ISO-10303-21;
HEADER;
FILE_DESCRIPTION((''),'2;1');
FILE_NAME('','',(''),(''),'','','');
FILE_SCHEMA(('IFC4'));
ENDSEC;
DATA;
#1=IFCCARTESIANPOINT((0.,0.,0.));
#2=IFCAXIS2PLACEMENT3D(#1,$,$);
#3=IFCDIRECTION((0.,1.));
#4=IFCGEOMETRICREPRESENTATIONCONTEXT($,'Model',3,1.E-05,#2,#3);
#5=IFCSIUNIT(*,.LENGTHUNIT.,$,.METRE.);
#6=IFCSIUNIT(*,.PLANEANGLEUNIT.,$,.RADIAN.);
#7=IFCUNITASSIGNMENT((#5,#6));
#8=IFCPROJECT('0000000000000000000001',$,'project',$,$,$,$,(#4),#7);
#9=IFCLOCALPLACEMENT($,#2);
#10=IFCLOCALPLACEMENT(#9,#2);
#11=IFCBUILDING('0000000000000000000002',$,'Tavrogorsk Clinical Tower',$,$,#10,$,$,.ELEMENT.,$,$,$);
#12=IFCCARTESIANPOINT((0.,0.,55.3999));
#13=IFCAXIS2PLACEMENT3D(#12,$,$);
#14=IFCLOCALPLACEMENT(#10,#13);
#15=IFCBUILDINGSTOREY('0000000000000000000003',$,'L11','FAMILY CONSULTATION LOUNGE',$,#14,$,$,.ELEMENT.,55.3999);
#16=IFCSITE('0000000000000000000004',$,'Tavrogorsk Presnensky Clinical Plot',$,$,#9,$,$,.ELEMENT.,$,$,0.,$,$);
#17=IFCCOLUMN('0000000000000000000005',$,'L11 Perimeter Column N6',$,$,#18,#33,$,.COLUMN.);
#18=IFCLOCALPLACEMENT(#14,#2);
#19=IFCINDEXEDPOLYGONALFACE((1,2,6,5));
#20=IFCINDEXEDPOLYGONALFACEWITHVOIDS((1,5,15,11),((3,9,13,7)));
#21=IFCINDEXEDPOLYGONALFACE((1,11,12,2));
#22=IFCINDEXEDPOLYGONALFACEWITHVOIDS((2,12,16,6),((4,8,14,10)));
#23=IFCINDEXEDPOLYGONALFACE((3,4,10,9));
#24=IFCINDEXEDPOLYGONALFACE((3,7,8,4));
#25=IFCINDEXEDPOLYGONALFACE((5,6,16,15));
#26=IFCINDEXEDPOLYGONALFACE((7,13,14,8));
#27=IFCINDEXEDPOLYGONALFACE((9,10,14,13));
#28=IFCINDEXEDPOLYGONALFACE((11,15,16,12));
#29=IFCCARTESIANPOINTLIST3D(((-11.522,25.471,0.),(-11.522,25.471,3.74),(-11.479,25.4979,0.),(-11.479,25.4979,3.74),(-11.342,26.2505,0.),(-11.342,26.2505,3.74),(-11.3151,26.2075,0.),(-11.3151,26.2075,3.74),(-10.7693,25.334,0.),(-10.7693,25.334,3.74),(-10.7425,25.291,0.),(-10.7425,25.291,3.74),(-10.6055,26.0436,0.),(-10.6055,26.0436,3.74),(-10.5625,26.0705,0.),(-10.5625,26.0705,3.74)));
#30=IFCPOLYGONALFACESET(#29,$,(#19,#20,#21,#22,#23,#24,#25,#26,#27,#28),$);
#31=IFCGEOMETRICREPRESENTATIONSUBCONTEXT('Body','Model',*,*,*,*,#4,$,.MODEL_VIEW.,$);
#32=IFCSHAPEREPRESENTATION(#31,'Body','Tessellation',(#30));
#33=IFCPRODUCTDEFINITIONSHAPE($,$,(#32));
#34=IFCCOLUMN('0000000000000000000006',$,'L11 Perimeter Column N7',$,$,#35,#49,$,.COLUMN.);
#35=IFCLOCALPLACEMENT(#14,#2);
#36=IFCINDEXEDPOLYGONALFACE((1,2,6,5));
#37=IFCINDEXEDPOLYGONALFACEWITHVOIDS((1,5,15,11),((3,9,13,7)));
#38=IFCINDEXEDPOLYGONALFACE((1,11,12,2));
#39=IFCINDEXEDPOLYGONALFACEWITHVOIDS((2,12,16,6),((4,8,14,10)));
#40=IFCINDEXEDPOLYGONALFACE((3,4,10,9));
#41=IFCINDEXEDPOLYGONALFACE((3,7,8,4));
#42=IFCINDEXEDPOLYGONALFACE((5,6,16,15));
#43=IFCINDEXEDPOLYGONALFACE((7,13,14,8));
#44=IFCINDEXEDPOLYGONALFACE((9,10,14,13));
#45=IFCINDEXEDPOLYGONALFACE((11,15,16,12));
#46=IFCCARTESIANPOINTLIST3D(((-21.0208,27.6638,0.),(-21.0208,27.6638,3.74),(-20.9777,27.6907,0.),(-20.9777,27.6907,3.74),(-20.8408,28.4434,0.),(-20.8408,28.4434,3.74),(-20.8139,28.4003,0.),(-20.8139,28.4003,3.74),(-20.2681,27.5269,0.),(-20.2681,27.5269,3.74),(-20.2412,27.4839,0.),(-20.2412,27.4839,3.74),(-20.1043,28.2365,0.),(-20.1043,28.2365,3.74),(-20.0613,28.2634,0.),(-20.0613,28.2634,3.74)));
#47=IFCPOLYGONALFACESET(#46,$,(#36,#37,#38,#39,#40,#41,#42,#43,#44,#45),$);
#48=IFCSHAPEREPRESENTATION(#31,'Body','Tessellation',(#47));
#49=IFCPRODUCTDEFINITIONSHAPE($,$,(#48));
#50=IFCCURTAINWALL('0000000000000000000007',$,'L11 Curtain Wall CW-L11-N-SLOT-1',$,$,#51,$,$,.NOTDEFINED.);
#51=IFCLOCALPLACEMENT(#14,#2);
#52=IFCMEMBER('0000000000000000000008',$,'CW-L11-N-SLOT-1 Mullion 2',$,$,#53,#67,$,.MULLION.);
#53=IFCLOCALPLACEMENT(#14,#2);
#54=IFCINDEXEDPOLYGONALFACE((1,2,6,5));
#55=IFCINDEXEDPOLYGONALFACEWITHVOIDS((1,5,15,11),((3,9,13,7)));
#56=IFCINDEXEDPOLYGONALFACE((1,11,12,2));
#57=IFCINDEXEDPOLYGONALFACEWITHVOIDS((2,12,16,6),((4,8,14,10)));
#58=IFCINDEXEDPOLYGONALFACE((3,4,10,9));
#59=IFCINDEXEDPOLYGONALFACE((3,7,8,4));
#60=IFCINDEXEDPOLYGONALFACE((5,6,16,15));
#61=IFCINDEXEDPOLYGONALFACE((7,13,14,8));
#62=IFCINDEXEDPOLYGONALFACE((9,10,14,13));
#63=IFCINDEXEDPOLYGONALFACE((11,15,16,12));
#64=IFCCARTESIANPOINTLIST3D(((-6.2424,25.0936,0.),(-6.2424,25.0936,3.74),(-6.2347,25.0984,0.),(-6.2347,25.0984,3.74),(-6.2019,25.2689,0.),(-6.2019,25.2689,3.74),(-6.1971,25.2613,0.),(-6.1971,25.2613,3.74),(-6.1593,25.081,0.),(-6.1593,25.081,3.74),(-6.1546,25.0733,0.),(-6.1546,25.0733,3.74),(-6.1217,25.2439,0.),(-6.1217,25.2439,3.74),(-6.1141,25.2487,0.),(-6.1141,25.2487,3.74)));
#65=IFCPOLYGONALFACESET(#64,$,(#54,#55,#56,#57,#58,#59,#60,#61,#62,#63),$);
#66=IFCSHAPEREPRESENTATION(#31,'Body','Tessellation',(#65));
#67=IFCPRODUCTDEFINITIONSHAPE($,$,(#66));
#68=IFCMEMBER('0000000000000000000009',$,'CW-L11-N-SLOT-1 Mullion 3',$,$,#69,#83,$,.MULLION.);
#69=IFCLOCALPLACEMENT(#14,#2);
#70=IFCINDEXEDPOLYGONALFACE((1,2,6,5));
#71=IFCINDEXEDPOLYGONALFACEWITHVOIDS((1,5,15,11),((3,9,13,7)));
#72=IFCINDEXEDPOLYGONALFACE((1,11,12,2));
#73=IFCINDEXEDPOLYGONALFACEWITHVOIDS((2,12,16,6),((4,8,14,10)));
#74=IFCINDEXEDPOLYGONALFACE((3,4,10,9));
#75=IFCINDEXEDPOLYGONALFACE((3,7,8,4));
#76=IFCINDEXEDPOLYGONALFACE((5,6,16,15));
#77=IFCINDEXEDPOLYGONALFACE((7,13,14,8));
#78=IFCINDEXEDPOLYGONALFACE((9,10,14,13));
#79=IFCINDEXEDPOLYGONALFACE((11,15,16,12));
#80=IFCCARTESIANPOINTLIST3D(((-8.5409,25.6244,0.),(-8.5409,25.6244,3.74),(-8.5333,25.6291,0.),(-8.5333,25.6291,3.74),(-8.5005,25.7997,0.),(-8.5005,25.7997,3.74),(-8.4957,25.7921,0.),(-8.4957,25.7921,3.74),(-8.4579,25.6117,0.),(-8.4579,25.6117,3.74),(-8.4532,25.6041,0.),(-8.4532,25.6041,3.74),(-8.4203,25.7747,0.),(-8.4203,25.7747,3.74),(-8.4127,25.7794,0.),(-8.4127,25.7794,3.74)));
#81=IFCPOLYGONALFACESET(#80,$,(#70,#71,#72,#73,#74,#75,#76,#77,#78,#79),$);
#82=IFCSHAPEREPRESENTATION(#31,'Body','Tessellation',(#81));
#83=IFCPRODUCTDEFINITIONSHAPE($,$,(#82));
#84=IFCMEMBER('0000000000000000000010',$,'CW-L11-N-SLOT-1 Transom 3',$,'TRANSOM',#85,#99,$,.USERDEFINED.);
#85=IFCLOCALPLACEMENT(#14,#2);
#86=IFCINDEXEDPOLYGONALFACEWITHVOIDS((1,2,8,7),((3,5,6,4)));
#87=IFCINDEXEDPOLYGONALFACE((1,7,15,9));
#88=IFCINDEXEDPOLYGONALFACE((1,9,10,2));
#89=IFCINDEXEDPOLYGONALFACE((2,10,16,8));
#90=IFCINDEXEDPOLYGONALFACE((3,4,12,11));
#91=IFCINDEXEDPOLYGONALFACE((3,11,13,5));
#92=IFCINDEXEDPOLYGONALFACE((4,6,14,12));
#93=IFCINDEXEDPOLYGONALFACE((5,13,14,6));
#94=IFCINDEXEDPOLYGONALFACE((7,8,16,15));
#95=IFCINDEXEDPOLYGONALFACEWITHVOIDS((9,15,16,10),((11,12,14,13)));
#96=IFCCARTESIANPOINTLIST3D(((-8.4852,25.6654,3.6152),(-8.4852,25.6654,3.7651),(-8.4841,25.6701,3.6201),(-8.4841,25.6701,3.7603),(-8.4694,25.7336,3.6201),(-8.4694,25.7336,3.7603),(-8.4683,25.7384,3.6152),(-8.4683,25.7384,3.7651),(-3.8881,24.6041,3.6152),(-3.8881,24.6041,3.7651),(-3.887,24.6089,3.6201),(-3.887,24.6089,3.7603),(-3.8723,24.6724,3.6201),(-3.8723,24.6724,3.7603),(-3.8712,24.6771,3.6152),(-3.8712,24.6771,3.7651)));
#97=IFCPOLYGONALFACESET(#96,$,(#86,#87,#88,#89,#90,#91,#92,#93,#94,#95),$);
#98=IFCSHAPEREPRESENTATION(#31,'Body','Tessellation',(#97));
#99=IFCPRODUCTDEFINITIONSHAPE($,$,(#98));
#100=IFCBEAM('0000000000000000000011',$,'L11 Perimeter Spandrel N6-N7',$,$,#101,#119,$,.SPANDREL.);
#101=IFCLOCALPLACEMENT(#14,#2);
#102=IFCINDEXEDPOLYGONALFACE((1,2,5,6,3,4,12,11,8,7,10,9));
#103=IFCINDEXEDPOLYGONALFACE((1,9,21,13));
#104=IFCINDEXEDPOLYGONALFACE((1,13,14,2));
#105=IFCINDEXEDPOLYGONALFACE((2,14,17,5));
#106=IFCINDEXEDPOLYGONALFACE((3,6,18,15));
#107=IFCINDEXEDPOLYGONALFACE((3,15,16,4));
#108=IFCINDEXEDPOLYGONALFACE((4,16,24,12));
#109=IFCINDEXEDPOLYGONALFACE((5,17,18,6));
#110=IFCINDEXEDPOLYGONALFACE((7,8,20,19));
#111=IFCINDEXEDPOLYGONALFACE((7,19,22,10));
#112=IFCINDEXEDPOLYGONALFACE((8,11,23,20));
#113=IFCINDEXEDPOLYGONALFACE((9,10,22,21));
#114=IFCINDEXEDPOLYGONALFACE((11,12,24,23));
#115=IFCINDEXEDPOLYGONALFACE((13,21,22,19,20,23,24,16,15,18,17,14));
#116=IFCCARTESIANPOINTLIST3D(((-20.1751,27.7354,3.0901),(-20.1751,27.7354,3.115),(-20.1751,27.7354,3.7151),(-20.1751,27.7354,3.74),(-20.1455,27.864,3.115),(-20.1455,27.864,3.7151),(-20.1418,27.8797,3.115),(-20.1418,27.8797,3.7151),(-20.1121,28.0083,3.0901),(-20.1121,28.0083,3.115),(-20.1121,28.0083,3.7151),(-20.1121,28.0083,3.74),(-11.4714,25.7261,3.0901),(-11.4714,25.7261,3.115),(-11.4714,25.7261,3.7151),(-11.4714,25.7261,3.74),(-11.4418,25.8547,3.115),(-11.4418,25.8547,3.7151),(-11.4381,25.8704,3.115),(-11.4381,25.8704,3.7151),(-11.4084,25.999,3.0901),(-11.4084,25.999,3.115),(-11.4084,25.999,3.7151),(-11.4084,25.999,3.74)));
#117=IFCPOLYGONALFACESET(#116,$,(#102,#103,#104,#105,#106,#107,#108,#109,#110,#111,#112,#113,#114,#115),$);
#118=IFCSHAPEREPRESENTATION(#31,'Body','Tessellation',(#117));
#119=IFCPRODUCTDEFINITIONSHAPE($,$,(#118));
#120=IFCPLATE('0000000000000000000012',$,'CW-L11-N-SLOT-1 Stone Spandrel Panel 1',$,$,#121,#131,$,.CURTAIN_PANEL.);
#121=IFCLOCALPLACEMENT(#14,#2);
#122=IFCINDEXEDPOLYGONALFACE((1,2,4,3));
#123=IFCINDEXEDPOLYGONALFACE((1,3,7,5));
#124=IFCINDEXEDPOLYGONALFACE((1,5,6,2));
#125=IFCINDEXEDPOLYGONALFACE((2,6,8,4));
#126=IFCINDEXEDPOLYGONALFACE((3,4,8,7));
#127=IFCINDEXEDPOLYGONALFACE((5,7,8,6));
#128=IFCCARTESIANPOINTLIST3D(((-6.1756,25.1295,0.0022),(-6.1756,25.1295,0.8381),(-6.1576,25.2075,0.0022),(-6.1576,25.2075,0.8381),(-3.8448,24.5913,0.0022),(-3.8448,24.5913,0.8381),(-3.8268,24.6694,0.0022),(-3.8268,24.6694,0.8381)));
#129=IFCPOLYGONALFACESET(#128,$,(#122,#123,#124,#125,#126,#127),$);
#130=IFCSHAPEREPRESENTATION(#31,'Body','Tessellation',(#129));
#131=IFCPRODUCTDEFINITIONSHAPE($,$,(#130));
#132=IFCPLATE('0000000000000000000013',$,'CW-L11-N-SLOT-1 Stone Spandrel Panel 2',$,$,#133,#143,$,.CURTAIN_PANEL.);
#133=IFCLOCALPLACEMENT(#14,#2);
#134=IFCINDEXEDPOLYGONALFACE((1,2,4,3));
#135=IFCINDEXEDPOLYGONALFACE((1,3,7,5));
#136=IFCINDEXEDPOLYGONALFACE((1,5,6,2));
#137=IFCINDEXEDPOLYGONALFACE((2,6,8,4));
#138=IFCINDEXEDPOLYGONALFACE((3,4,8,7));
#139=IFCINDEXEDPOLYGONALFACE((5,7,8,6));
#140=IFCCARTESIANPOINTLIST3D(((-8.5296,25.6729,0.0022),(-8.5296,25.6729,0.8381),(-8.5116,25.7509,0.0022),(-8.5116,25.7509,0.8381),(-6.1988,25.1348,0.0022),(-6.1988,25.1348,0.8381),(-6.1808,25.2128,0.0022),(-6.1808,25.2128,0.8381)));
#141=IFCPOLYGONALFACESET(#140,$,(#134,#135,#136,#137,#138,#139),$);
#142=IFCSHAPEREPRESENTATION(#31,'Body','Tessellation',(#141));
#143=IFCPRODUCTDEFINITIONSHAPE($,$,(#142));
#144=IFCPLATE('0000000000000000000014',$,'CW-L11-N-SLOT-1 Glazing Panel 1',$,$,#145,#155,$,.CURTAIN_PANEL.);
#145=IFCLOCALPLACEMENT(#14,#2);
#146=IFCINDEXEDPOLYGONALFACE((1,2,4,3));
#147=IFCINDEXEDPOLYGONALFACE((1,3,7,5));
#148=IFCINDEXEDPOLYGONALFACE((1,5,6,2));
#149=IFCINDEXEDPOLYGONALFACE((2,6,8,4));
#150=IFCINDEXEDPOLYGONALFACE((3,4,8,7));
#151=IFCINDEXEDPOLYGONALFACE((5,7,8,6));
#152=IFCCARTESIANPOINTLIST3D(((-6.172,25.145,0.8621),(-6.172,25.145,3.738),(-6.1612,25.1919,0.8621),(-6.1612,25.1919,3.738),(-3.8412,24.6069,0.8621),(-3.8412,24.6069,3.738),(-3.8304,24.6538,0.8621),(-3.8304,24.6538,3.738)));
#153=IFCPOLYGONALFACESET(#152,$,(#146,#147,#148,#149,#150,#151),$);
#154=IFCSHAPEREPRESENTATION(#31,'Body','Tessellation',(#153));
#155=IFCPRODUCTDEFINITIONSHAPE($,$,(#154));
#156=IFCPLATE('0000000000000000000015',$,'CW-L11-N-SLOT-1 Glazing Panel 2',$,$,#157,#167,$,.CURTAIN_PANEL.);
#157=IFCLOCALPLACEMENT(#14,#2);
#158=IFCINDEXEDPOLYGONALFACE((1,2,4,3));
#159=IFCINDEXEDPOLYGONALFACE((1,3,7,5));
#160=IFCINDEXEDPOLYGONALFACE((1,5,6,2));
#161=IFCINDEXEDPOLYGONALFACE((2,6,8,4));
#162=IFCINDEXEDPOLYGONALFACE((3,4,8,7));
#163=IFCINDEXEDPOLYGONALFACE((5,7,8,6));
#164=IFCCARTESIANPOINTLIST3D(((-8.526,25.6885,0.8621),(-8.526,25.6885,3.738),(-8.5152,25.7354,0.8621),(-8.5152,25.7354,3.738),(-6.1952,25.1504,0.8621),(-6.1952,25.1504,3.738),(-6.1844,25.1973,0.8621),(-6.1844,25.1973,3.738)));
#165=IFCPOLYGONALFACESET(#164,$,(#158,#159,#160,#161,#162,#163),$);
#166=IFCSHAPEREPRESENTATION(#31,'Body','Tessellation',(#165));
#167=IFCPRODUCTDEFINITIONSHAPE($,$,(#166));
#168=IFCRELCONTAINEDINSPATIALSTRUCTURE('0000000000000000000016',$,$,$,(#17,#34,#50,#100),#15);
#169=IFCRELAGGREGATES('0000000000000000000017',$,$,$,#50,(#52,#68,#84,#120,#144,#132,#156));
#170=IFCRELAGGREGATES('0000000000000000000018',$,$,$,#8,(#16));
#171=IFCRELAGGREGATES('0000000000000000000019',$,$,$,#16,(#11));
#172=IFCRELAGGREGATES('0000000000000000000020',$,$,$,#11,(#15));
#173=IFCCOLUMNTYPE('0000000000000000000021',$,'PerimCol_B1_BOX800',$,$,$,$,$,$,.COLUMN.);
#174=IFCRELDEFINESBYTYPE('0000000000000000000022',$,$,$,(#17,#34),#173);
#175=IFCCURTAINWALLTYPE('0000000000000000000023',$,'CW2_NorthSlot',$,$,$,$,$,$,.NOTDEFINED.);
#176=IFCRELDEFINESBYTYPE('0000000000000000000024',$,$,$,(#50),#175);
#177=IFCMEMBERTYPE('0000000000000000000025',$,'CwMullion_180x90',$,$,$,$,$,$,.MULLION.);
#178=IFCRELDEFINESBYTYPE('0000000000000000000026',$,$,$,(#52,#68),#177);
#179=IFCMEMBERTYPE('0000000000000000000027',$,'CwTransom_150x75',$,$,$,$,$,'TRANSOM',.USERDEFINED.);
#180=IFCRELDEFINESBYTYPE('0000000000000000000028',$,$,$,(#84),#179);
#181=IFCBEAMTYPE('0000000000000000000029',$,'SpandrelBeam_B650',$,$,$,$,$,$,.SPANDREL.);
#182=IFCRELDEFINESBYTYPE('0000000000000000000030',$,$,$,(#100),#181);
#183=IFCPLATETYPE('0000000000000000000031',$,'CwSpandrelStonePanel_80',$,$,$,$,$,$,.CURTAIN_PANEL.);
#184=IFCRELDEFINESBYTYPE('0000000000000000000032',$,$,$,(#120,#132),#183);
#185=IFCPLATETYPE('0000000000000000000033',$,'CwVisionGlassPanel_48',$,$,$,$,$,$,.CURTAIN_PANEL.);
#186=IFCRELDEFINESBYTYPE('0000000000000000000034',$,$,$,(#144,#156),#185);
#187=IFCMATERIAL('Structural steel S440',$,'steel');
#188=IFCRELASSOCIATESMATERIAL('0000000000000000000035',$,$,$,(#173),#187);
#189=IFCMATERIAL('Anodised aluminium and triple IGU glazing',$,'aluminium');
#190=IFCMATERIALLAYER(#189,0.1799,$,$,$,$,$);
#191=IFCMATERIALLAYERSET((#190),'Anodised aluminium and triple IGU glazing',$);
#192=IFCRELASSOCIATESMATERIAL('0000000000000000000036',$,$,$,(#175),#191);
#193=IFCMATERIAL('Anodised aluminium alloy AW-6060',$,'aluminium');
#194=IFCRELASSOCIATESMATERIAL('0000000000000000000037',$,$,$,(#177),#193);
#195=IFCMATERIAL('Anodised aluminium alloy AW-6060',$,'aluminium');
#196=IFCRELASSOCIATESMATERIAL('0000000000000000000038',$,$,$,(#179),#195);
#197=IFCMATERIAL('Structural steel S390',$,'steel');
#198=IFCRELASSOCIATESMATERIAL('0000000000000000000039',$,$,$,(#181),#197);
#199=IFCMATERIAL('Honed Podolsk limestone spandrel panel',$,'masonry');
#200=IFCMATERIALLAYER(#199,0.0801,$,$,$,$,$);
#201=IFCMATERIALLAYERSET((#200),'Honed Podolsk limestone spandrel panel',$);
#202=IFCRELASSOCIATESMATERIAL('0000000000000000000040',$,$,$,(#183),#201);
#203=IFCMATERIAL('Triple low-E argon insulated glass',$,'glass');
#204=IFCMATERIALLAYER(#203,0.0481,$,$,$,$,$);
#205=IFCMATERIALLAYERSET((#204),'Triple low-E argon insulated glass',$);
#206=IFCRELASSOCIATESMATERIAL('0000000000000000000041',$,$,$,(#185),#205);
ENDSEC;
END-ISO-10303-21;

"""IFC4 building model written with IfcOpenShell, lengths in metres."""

from ifc_helpers import new_model, si_unit, direction, frame, origin, origin_2d, place, context, subcontext, project, spatial, rectangle, hollow_rectangle, i_section, extrude, material, layer, layer_set, material_profile, profile_set, type_object, element, aggregate, save


model = new_model("IFC4")

# Units and contexts
model_context = context("Model", 3, precision=1e-05, world=origin(), true_north=direction((0.0, 1.0)))
body_context = subcontext(model_context, "Body", "Model", "MODEL_VIEW")
ifc_project = project(units=[si_unit("LENGTHUNIT", "METRE"), si_unit("PLANEANGLEUNIT", "RADIAN")], contexts=[model_context])

# Site, building, storey
site_placement = place(None, origin())
site = spatial("IfcSite", under=ifc_project, at=site_placement, Name="Tavrogorsk Presnensky Clinical Plot", CompositionType="ELEMENT", RefElevation=0.0)
building_placement = place(site_placement, origin())
building = spatial("IfcBuilding", under=site, at=building_placement, Name="Tavrogorsk Clinical Tower", CompositionType="ELEMENT")
storey_placement = place(building_placement, frame((0.0, 0.0, 55.3999)))
storey = spatial("IfcBuildingStorey", under=building, at=storey_placement, Name="L11", Description="FAMILY CONSULTATION LOUNGE", CompositionType="ELEMENT", Elevation=55.3999)

# Columns
ifc_material_1 = material(Name="Structural steel S440", Category="steel")
ifc_material_profile_1 = material_profile(ifc_material_1, hollow_rectangle(XDim=0.8, YDim=0.8, WallThickness=0.0359, at=origin_2d()), Name="BOX-800x800x36")
ifc_profile_set_1 = profile_set([ifc_material_profile_1], Name="Structural steel S440")
column_type = type_object("IfcColumnType", Name="PerimCol_B1_BOX800", PredefinedType="COLUMN", material=ifc_profile_set_1)
for number, where, z_axis, x_axis, name in (
    (1, (-11.0422, 25.7708, 0.0), (0.0, 0.0, 1.0), (0.97437, -0.224951, 0.0), "L11 Perimeter Column N6"),
    (2, (-20.541, 27.9636, 0.0), (0.0, 0.0, 1.0), (0.97437, -0.224951, 0.0), "L11 Perimeter Column N7"),
):
    element("IfcColumn", number, at=place(storey_placement, frame(where, z_axis=z_axis, x_axis=x_axis)), inside=storey, type_object=column_type, Name=name, PredefinedType="COLUMN", context=body_context, shape_type="SweptSolid", body=[
        extrude(hollow_rectangle(XDim=0.8, YDim=0.8, WallThickness=0.0359, at=origin_2d()), origin(), (0.0, 0.0, 1.0), 3.74),
    ])

# Curtain wall, members
ifc_material_2 = material(Name="Anodised aluminium and triple IGU glazing", Category="aluminium")
ifc_layer_1 = layer(ifc_material_2, 0.1799)
ifc_layer_set_1 = layer_set([ifc_layer_1], Name="Anodised aluminium and triple IGU glazing")
curtain_wall_type = type_object("IfcCurtainWallType", Name="CW2_NorthSlot", PredefinedType="NOTDEFINED", material=ifc_layer_set_1)
curtain_wall_placement = place(storey_placement, origin())
curtain_wall = element("IfcCurtainWall", 3, at=curtain_wall_placement, inside=storey, type_object=curtain_wall_type, Name="L11 Curtain Wall CW-L11-N-SLOT-1", PredefinedType="NOTDEFINED")
ifc_material_3 = material(Name="Anodised aluminium alloy AW-6060", Category="aluminium")
ifc_material_profile_2 = material_profile(ifc_material_3, hollow_rectangle(XDim=0.0901, YDim=0.1799, WallThickness=0.0063, at=origin_2d()), Name="RHS-180x90x6.3")
ifc_profile_set_2 = profile_set([ifc_material_profile_2], Name="Anodised aluminium alloy AW-6060")
member_type_1 = type_object("IfcMemberType", Name="CwMullion_180x90", PredefinedType="MULLION", material=ifc_profile_set_2)
member_1_placement = place(storey_placement, frame((-6.1782, 25.1711, 0.0), z_axis=(0.0, 0.0, 1.0), x_axis=(-0.97437, 0.224951, 0.0)))
member_1 = element("IfcMember", 4, at=member_1_placement, type_object=member_type_1, Name="CW-L11-N-SLOT-1 Mullion 2", PredefinedType="MULLION", context=body_context, shape_type="SweptSolid", body=[
    extrude(hollow_rectangle(XDim=0.0901, YDim=0.1799, WallThickness=0.0063, at=origin_2d()), origin(), (0.0, 0.0, 1.0), 3.74),
])
member_2_placement = place(storey_placement, frame((-8.4768, 25.7019, 0.0), z_axis=(0.0, 0.0, 1.0), x_axis=(-0.97437, 0.224951, 0.0)))
member_2 = element("IfcMember", 5, at=member_2_placement, type_object=member_type_1, Name="CW-L11-N-SLOT-1 Mullion 3", PredefinedType="MULLION", context=body_context, shape_type="SweptSolid", body=[
    extrude(hollow_rectangle(XDim=0.0901, YDim=0.1799, WallThickness=0.0063, at=origin_2d()), origin(), (0.0, 0.0, 1.0), 3.74),
])
ifc_material_4 = material(Name="Anodised aluminium alloy AW-6060", Category="aluminium")
ifc_material_profile_3 = material_profile(ifc_material_4, hollow_rectangle(XDim=0.075, YDim=0.1499, WallThickness=0.0049, at=origin_2d()), Name="RHS-150x75x5")
ifc_profile_set_3 = profile_set([ifc_material_profile_3], Name="Anodised aluminium alloy AW-6060")
member_type_2 = type_object("IfcMemberType", Name="CwTransom_150x75", ElementType="TRANSOM", PredefinedType="USERDEFINED", material=ifc_profile_set_3)
member_3_placement = place(storey_placement, frame((-3.8796, 24.6406, 3.6902), z_axis=(-0.974373, 0.224939, 0.0), x_axis=(-0.224939, -0.974373, 0.0)))
member_3 = element("IfcMember", 6, at=member_3_placement, type_object=member_type_2, Name="CW-L11-N-SLOT-1 Transom 3", ObjectType="TRANSOM", PredefinedType="USERDEFINED", context=body_context, shape_type="SweptSolid", body=[
    extrude(hollow_rectangle(XDim=0.075, YDim=0.1499, WallThickness=0.0049, at=origin_2d()), origin(), (0.0, 0.0, 1.0), 4.718),
])

# Beam
ifc_material_5 = material(Name="Structural steel S390", Category="steel")
ifc_material_profile_4 = material_profile(ifc_material_5, i_section(OverallWidth=0.28, OverallDepth=0.6499, WebThickness=0.0161, FlangeThickness=0.0249, at=origin_2d()), Name="B-650x280x16x25")
ifc_profile_set_4 = profile_set([ifc_material_profile_4], Name="Structural steel S390")
beam_type = type_object("IfcBeamType", Name="SpandrelBeam_B650", PredefinedType="SPANDREL", material=ifc_profile_set_4)
beam_placement = place(storey_placement, frame((-11.4399, 25.8625, 3.415), z_axis=(-0.974373, 0.224939, 0.0), x_axis=(-0.224939, -0.974373, 0.0)))
element("IfcBeam", 7, at=beam_placement, inside=storey, type_object=beam_type, Name="L11 Perimeter Spandrel N6-N7", PredefinedType="SPANDREL", context=body_context, shape_type="SweptSolid", body=[
    extrude(i_section(OverallWidth=0.28, OverallDepth=0.6499, WebThickness=0.0161, FlangeThickness=0.0249, at=origin_2d()), origin(), (0.0, 0.0, 1.0), 8.9326),
])

# Plates
ifc_material_6 = material(Name="Honed Podolsk limestone spandrel panel", Category="masonry")
ifc_layer_2 = layer(ifc_material_6, 0.0801)
ifc_layer_set_2 = layer_set([ifc_layer_2], Name="Honed Podolsk limestone spandrel panel")
plate_type_1 = type_object("IfcPlateType", Name="CwSpandrelStonePanel_80", PredefinedType="CURTAIN_PANEL", material=ifc_layer_set_2)
plate_1_placement = place(storey_placement, frame((-5.0012, 24.8994, 0.0022), z_axis=(0.0, 0.0, 1.0), x_axis=(-0.97437, 0.224951, 0.0)))
plate_1 = element("IfcPlate", 8, at=plate_1_placement, type_object=plate_type_1, Name="CW-L11-N-SLOT-1 Stone Spandrel Panel 1", PredefinedType="CURTAIN_PANEL", context=body_context, shape_type="SweptSolid", body=[
    extrude(rectangle(XDim=2.3921, YDim=0.0801, at=origin_2d()), origin(), (0.0, 0.0, 1.0), 0.8359),
])
plate_2_placement = place(storey_placement, frame((-7.3552, 25.4429, 0.0022), z_axis=(0.0, 0.0, 1.0), x_axis=(-0.97437, 0.224951, 0.0)))
plate_2 = element("IfcPlate", 9, at=plate_2_placement, type_object=plate_type_1, Name="CW-L11-N-SLOT-1 Stone Spandrel Panel 2", PredefinedType="CURTAIN_PANEL", context=body_context, shape_type="SweptSolid", body=[
    extrude(rectangle(XDim=2.3921, YDim=0.0801, at=origin_2d()), origin(), (0.0, 0.0, 1.0), 0.8359),
])
ifc_material_7 = material(Name="Triple low-E argon insulated glass", Category="glass")
ifc_layer_3 = layer(ifc_material_7, 0.0481)
ifc_layer_set_3 = layer_set([ifc_layer_3], Name="Triple low-E argon insulated glass")
plate_type_2 = type_object("IfcPlateType", Name="CwVisionGlassPanel_48", PredefinedType="CURTAIN_PANEL", material=ifc_layer_set_3)
plate_3_placement = place(storey_placement, frame((-5.0012, 24.8994, 0.8621), z_axis=(0.0, 0.0, 1.0), x_axis=(-0.97437, 0.224951, 0.0)))
plate_3 = element("IfcPlate", 10, at=plate_3_placement, type_object=plate_type_2, Name="CW-L11-N-SLOT-1 Glazing Panel 1", PredefinedType="CURTAIN_PANEL", context=body_context, shape_type="SweptSolid", body=[
    extrude(rectangle(XDim=2.3921, YDim=0.0481, at=origin_2d()), origin(), (0.0, 0.0, 1.0), 2.876),
])
plate_4_placement = place(storey_placement, frame((-7.3552, 25.4429, 0.8621), z_axis=(0.0, 0.0, 1.0), x_axis=(-0.97437, 0.224951, 0.0)))
plate_4 = element("IfcPlate", 11, at=plate_4_placement, type_object=plate_type_2, Name="CW-L11-N-SLOT-1 Glazing Panel 2", PredefinedType="CURTAIN_PANEL", context=body_context, shape_type="SweptSolid", body=[
    extrude(rectangle(XDim=2.3921, YDim=0.0481, at=origin_2d()), origin(), (0.0, 0.0, 1.0), 2.876),
])
aggregate(curtain_wall, [member_1, member_2, member_3, plate_1, plate_3, plate_2, plate_4])

save(model, "model.ifc")
